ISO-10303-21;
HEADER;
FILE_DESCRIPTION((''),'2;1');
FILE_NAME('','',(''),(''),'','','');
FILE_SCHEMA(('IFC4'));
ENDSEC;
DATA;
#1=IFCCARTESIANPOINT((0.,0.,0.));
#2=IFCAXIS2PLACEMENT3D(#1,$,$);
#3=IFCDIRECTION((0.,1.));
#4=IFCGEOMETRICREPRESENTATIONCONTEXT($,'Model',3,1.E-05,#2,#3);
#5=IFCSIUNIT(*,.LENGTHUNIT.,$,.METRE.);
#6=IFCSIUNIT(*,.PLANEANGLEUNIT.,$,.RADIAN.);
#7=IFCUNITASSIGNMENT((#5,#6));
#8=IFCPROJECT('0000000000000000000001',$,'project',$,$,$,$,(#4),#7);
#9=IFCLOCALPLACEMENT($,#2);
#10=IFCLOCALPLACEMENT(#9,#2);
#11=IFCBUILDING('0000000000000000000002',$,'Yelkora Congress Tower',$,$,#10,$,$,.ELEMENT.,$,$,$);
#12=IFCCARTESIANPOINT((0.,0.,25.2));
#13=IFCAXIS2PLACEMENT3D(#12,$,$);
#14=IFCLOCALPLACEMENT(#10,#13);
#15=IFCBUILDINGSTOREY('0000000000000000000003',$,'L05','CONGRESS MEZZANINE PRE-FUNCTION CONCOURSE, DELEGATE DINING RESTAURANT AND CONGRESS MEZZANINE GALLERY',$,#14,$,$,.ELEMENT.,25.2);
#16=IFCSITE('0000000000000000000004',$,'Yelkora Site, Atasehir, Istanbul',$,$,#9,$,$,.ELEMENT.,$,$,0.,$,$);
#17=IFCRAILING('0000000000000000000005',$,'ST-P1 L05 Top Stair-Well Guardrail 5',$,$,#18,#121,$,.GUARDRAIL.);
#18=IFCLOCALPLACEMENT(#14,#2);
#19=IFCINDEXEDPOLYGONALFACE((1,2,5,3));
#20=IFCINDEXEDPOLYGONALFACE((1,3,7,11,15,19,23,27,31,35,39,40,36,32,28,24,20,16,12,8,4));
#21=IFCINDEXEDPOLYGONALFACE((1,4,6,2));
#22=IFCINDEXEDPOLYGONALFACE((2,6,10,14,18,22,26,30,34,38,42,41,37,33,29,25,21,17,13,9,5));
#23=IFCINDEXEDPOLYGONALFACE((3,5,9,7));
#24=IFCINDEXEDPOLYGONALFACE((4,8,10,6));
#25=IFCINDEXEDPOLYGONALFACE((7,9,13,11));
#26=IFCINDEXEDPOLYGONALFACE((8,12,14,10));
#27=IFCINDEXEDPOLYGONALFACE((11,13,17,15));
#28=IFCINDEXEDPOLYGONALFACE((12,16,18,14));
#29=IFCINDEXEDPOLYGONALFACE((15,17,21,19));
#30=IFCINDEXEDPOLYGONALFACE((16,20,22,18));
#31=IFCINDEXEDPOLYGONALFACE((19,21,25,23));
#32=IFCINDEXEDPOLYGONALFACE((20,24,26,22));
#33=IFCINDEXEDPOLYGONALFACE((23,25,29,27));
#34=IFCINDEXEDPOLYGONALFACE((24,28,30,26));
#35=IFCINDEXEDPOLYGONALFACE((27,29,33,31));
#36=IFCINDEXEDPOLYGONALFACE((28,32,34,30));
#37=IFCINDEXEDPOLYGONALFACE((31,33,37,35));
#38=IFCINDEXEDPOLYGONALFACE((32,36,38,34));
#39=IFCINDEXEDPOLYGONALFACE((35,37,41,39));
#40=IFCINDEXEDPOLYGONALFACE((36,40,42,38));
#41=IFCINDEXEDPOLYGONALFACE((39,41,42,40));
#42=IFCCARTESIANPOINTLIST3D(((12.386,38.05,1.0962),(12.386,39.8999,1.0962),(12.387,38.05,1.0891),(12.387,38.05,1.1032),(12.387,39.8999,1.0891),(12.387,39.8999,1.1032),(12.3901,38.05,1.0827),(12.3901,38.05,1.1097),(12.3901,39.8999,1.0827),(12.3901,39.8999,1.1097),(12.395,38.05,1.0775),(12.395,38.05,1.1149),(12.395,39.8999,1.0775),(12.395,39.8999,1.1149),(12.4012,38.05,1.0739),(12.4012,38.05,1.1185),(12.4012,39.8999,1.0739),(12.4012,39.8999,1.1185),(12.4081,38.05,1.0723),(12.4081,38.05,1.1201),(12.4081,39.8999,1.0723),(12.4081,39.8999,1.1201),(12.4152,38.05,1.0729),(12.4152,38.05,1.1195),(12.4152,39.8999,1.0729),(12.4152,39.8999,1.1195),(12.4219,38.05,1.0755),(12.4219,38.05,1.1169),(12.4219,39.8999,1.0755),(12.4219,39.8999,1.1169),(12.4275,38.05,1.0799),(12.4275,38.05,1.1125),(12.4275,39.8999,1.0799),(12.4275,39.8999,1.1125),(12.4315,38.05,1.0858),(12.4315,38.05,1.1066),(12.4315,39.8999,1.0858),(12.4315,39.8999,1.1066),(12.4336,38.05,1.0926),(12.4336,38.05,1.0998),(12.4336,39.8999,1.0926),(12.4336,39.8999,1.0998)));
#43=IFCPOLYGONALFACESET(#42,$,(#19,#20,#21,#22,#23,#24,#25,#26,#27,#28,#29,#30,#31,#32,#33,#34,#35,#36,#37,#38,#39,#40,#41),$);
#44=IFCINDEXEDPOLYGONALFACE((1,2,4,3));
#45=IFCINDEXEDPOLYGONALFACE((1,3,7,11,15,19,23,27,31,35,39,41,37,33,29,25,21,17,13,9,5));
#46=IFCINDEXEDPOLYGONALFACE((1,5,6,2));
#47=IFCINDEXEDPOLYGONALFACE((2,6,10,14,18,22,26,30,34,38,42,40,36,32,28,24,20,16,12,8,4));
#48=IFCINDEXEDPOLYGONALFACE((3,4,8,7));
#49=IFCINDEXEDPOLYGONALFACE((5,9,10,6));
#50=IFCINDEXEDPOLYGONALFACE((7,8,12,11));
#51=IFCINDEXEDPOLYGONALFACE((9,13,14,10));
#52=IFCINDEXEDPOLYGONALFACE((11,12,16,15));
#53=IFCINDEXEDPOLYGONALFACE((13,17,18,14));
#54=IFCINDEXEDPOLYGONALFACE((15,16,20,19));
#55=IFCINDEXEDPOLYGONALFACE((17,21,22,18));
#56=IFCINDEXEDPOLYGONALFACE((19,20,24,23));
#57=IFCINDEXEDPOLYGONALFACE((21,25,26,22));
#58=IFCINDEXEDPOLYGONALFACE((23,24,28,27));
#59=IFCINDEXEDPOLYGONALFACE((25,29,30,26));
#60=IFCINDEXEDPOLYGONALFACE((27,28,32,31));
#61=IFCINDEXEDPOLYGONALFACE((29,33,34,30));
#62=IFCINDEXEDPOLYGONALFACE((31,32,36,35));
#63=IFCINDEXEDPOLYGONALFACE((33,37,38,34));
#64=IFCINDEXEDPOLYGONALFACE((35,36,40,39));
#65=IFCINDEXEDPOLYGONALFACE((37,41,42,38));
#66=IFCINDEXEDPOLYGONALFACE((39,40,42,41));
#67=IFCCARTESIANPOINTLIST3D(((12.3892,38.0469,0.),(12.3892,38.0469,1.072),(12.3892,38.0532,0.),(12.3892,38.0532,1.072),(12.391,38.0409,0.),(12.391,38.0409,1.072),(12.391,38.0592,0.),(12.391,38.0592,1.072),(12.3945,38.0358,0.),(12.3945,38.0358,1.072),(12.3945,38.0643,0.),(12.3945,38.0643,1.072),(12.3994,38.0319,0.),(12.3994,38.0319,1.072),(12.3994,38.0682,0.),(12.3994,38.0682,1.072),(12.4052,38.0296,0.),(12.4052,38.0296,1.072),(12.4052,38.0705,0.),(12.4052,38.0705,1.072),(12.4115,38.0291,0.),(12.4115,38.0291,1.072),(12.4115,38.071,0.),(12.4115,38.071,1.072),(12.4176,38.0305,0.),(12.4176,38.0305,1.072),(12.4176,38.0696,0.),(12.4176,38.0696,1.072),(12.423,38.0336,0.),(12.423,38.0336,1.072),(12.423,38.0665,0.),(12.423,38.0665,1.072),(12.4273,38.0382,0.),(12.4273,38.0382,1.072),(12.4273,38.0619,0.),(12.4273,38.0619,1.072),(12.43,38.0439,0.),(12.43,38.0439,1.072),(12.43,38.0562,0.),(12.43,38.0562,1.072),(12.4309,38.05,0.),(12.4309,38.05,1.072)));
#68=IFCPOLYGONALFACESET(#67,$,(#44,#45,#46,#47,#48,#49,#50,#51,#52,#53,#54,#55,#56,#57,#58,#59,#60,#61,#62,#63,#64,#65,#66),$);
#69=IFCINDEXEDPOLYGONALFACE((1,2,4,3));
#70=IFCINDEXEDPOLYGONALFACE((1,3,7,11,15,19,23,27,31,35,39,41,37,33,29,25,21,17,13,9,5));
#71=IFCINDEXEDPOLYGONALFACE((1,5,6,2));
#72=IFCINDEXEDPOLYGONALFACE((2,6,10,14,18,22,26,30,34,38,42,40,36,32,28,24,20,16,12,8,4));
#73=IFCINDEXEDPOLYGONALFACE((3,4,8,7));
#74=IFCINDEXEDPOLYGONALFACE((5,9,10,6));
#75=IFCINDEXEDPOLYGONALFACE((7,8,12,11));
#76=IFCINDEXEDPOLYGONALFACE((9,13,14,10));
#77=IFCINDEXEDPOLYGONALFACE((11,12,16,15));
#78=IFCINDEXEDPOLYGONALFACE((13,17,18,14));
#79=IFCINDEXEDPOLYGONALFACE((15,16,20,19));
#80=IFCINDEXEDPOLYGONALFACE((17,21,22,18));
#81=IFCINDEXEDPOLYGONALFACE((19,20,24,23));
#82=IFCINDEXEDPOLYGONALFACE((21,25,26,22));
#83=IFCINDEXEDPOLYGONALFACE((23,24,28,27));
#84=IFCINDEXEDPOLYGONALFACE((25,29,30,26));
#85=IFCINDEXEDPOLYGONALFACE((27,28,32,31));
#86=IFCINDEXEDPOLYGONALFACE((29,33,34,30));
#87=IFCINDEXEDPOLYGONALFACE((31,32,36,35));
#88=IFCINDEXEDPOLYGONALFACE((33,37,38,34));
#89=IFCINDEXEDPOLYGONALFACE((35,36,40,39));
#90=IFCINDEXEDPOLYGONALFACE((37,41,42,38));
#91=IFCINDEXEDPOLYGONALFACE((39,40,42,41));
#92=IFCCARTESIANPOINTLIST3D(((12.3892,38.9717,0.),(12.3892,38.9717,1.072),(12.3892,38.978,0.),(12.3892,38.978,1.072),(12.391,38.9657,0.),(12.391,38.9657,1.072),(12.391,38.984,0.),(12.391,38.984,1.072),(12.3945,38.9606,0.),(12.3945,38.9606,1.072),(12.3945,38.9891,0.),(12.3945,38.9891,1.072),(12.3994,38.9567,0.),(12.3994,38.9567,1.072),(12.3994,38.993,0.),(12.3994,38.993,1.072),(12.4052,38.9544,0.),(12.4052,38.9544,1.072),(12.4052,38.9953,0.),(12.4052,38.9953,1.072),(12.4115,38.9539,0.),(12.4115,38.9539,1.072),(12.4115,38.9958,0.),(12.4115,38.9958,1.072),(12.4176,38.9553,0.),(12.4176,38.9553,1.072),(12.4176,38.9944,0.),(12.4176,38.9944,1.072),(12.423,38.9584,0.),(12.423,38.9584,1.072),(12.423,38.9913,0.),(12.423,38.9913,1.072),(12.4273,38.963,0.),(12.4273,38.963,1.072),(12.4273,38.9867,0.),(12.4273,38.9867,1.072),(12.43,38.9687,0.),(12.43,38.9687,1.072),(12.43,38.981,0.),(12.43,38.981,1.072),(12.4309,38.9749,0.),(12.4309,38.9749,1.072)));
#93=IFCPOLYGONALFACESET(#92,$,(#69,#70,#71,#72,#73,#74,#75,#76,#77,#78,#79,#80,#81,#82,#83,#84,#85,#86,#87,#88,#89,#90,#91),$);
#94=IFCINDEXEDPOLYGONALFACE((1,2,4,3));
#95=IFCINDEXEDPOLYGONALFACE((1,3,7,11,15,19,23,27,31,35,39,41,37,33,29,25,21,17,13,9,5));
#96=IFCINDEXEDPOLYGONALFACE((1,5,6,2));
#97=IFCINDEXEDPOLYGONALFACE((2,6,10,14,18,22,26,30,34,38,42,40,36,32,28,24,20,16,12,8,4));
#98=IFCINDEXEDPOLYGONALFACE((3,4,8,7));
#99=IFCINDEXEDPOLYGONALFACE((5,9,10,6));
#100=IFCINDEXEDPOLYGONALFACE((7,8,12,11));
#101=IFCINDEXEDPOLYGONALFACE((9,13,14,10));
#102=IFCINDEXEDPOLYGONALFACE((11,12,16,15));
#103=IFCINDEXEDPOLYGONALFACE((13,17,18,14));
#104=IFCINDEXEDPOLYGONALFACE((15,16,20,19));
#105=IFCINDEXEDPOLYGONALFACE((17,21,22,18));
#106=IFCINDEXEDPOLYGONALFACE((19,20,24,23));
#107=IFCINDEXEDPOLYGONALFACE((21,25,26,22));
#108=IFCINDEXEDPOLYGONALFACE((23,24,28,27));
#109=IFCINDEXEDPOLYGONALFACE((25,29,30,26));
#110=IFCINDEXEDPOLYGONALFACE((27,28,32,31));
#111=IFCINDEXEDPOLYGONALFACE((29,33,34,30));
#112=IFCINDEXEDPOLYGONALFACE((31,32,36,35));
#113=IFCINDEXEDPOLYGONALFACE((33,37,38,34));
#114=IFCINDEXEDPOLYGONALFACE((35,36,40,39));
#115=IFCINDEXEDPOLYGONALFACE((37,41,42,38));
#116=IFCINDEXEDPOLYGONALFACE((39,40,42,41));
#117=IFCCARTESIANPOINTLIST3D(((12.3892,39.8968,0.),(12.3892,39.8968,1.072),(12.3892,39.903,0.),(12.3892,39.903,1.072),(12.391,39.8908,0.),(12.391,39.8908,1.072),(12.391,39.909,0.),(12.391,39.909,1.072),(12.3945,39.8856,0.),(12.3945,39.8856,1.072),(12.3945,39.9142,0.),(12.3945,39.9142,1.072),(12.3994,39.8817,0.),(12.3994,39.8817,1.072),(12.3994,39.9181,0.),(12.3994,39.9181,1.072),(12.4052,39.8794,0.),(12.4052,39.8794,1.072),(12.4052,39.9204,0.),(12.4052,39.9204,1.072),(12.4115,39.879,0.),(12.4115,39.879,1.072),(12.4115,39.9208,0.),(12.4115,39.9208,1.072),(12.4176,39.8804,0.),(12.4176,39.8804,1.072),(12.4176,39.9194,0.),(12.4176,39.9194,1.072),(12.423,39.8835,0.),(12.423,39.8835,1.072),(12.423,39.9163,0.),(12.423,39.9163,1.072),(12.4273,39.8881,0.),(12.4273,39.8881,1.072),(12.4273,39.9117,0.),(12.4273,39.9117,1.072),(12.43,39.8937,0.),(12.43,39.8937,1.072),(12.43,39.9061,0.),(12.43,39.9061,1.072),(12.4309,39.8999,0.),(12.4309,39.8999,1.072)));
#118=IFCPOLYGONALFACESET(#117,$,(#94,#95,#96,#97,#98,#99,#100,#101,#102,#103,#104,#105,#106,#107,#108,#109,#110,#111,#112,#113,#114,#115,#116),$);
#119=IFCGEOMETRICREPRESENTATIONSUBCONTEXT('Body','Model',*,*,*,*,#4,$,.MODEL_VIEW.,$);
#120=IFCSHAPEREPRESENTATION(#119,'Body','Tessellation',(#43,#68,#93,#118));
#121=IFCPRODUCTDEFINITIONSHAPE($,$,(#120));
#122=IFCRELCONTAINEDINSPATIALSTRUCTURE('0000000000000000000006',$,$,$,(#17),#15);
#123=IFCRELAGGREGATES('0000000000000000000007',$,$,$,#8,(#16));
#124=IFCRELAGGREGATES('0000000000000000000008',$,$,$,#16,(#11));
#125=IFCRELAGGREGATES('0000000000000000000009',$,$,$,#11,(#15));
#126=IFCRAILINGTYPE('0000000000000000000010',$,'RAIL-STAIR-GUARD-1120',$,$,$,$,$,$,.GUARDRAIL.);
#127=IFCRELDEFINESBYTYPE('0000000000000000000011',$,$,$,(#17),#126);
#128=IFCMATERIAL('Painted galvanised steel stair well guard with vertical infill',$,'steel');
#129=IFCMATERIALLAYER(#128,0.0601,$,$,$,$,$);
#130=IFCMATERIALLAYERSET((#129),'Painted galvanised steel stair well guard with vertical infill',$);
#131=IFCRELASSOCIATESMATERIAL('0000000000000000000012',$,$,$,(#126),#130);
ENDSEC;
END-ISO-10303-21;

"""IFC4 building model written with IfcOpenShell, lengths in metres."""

from ifc_helpers import new_model, si_unit, direction, frame, origin, origin_2d, place, context, subcontext, project, spatial, circle, extrude, material, layer, layer_set, type_object, element, save


model = new_model("IFC4")

# Units and contexts
model_context = context("Model", 3, precision=1e-05, world=origin(), true_north=direction((0.0, 1.0)))
body_context = subcontext(model_context, "Body", "Model", "MODEL_VIEW")
ifc_project = project(units=[si_unit("LENGTHUNIT", "METRE"), si_unit("PLANEANGLEUNIT", "RADIAN")], contexts=[model_context])

# Site, building, storey
site_placement = place(None, origin())
site = spatial("IfcSite", under=ifc_project, at=site_placement, Name="Yelkora Site, Atasehir, Istanbul", CompositionType="ELEMENT", RefElevation=0.0)
building_placement = place(site_placement, origin())
building = spatial("IfcBuilding", under=site, at=building_placement, Name="Yelkora Congress Tower", CompositionType="ELEMENT")
storey_placement = place(building_placement, frame((0.0, 0.0, 25.2)))
storey = spatial("IfcBuildingStorey", under=building, at=storey_placement, Name="L05", Description="CONGRESS MEZZANINE PRE-FUNCTION CONCOURSE, DELEGATE DINING RESTAURANT AND CONGRESS MEZZANINE GALLERY", CompositionType="ELEMENT", Elevation=25.2)

# Railing
ifc_material_1 = material(Name="Painted galvanised steel stair well guard with vertical infill", Category="steel")
ifc_layer_1 = layer(ifc_material_1, 0.0601)
ifc_layer_set_1 = layer_set([ifc_layer_1], Name="Painted galvanised steel stair well guard with vertical infill")
railing_type = type_object("IfcRailingType", Name="RAIL-STAIR-GUARD-1120", PredefinedType="GUARDRAIL", material=ifc_layer_set_1)
for number, where, name in (
    (1, (12.4099, 38.05, 0.0), "ST-P1 L05 Top Stair-Well Guardrail 5"),
):
    element("IfcRailing", number, at=place(storey_placement, frame(where)), inside=storey, type_object=railing_type, Name=name, PredefinedType="GUARDRAIL", context=body_context, shape_type="SweptSolid", body=[
        extrude(circle(Radius=0.0239, at=origin_2d()), frame((0.0, 0.0, 1.0962), z_axis=(0.0, 1.0, 0.0), x_axis=(-1.0, 0.0, 0.0)), (0.0, 0.0, 1.0), 1.8499),
        extrude(circle(Radius=0.021, at=origin_2d()), origin(), (0.0, 0.0, 1.0), 1.072),
        extrude(circle(Radius=0.021, at=origin_2d()), frame((0.0, 0.9248, 0.0)), (0.0, 0.0, 1.0), 1.072),
        extrude(circle(Radius=0.021, at=origin_2d()), frame((0.0, 1.8499, 0.0)), (0.0, 0.0, 1.0), 1.072),
    ])

save(model, "model.ifc")
